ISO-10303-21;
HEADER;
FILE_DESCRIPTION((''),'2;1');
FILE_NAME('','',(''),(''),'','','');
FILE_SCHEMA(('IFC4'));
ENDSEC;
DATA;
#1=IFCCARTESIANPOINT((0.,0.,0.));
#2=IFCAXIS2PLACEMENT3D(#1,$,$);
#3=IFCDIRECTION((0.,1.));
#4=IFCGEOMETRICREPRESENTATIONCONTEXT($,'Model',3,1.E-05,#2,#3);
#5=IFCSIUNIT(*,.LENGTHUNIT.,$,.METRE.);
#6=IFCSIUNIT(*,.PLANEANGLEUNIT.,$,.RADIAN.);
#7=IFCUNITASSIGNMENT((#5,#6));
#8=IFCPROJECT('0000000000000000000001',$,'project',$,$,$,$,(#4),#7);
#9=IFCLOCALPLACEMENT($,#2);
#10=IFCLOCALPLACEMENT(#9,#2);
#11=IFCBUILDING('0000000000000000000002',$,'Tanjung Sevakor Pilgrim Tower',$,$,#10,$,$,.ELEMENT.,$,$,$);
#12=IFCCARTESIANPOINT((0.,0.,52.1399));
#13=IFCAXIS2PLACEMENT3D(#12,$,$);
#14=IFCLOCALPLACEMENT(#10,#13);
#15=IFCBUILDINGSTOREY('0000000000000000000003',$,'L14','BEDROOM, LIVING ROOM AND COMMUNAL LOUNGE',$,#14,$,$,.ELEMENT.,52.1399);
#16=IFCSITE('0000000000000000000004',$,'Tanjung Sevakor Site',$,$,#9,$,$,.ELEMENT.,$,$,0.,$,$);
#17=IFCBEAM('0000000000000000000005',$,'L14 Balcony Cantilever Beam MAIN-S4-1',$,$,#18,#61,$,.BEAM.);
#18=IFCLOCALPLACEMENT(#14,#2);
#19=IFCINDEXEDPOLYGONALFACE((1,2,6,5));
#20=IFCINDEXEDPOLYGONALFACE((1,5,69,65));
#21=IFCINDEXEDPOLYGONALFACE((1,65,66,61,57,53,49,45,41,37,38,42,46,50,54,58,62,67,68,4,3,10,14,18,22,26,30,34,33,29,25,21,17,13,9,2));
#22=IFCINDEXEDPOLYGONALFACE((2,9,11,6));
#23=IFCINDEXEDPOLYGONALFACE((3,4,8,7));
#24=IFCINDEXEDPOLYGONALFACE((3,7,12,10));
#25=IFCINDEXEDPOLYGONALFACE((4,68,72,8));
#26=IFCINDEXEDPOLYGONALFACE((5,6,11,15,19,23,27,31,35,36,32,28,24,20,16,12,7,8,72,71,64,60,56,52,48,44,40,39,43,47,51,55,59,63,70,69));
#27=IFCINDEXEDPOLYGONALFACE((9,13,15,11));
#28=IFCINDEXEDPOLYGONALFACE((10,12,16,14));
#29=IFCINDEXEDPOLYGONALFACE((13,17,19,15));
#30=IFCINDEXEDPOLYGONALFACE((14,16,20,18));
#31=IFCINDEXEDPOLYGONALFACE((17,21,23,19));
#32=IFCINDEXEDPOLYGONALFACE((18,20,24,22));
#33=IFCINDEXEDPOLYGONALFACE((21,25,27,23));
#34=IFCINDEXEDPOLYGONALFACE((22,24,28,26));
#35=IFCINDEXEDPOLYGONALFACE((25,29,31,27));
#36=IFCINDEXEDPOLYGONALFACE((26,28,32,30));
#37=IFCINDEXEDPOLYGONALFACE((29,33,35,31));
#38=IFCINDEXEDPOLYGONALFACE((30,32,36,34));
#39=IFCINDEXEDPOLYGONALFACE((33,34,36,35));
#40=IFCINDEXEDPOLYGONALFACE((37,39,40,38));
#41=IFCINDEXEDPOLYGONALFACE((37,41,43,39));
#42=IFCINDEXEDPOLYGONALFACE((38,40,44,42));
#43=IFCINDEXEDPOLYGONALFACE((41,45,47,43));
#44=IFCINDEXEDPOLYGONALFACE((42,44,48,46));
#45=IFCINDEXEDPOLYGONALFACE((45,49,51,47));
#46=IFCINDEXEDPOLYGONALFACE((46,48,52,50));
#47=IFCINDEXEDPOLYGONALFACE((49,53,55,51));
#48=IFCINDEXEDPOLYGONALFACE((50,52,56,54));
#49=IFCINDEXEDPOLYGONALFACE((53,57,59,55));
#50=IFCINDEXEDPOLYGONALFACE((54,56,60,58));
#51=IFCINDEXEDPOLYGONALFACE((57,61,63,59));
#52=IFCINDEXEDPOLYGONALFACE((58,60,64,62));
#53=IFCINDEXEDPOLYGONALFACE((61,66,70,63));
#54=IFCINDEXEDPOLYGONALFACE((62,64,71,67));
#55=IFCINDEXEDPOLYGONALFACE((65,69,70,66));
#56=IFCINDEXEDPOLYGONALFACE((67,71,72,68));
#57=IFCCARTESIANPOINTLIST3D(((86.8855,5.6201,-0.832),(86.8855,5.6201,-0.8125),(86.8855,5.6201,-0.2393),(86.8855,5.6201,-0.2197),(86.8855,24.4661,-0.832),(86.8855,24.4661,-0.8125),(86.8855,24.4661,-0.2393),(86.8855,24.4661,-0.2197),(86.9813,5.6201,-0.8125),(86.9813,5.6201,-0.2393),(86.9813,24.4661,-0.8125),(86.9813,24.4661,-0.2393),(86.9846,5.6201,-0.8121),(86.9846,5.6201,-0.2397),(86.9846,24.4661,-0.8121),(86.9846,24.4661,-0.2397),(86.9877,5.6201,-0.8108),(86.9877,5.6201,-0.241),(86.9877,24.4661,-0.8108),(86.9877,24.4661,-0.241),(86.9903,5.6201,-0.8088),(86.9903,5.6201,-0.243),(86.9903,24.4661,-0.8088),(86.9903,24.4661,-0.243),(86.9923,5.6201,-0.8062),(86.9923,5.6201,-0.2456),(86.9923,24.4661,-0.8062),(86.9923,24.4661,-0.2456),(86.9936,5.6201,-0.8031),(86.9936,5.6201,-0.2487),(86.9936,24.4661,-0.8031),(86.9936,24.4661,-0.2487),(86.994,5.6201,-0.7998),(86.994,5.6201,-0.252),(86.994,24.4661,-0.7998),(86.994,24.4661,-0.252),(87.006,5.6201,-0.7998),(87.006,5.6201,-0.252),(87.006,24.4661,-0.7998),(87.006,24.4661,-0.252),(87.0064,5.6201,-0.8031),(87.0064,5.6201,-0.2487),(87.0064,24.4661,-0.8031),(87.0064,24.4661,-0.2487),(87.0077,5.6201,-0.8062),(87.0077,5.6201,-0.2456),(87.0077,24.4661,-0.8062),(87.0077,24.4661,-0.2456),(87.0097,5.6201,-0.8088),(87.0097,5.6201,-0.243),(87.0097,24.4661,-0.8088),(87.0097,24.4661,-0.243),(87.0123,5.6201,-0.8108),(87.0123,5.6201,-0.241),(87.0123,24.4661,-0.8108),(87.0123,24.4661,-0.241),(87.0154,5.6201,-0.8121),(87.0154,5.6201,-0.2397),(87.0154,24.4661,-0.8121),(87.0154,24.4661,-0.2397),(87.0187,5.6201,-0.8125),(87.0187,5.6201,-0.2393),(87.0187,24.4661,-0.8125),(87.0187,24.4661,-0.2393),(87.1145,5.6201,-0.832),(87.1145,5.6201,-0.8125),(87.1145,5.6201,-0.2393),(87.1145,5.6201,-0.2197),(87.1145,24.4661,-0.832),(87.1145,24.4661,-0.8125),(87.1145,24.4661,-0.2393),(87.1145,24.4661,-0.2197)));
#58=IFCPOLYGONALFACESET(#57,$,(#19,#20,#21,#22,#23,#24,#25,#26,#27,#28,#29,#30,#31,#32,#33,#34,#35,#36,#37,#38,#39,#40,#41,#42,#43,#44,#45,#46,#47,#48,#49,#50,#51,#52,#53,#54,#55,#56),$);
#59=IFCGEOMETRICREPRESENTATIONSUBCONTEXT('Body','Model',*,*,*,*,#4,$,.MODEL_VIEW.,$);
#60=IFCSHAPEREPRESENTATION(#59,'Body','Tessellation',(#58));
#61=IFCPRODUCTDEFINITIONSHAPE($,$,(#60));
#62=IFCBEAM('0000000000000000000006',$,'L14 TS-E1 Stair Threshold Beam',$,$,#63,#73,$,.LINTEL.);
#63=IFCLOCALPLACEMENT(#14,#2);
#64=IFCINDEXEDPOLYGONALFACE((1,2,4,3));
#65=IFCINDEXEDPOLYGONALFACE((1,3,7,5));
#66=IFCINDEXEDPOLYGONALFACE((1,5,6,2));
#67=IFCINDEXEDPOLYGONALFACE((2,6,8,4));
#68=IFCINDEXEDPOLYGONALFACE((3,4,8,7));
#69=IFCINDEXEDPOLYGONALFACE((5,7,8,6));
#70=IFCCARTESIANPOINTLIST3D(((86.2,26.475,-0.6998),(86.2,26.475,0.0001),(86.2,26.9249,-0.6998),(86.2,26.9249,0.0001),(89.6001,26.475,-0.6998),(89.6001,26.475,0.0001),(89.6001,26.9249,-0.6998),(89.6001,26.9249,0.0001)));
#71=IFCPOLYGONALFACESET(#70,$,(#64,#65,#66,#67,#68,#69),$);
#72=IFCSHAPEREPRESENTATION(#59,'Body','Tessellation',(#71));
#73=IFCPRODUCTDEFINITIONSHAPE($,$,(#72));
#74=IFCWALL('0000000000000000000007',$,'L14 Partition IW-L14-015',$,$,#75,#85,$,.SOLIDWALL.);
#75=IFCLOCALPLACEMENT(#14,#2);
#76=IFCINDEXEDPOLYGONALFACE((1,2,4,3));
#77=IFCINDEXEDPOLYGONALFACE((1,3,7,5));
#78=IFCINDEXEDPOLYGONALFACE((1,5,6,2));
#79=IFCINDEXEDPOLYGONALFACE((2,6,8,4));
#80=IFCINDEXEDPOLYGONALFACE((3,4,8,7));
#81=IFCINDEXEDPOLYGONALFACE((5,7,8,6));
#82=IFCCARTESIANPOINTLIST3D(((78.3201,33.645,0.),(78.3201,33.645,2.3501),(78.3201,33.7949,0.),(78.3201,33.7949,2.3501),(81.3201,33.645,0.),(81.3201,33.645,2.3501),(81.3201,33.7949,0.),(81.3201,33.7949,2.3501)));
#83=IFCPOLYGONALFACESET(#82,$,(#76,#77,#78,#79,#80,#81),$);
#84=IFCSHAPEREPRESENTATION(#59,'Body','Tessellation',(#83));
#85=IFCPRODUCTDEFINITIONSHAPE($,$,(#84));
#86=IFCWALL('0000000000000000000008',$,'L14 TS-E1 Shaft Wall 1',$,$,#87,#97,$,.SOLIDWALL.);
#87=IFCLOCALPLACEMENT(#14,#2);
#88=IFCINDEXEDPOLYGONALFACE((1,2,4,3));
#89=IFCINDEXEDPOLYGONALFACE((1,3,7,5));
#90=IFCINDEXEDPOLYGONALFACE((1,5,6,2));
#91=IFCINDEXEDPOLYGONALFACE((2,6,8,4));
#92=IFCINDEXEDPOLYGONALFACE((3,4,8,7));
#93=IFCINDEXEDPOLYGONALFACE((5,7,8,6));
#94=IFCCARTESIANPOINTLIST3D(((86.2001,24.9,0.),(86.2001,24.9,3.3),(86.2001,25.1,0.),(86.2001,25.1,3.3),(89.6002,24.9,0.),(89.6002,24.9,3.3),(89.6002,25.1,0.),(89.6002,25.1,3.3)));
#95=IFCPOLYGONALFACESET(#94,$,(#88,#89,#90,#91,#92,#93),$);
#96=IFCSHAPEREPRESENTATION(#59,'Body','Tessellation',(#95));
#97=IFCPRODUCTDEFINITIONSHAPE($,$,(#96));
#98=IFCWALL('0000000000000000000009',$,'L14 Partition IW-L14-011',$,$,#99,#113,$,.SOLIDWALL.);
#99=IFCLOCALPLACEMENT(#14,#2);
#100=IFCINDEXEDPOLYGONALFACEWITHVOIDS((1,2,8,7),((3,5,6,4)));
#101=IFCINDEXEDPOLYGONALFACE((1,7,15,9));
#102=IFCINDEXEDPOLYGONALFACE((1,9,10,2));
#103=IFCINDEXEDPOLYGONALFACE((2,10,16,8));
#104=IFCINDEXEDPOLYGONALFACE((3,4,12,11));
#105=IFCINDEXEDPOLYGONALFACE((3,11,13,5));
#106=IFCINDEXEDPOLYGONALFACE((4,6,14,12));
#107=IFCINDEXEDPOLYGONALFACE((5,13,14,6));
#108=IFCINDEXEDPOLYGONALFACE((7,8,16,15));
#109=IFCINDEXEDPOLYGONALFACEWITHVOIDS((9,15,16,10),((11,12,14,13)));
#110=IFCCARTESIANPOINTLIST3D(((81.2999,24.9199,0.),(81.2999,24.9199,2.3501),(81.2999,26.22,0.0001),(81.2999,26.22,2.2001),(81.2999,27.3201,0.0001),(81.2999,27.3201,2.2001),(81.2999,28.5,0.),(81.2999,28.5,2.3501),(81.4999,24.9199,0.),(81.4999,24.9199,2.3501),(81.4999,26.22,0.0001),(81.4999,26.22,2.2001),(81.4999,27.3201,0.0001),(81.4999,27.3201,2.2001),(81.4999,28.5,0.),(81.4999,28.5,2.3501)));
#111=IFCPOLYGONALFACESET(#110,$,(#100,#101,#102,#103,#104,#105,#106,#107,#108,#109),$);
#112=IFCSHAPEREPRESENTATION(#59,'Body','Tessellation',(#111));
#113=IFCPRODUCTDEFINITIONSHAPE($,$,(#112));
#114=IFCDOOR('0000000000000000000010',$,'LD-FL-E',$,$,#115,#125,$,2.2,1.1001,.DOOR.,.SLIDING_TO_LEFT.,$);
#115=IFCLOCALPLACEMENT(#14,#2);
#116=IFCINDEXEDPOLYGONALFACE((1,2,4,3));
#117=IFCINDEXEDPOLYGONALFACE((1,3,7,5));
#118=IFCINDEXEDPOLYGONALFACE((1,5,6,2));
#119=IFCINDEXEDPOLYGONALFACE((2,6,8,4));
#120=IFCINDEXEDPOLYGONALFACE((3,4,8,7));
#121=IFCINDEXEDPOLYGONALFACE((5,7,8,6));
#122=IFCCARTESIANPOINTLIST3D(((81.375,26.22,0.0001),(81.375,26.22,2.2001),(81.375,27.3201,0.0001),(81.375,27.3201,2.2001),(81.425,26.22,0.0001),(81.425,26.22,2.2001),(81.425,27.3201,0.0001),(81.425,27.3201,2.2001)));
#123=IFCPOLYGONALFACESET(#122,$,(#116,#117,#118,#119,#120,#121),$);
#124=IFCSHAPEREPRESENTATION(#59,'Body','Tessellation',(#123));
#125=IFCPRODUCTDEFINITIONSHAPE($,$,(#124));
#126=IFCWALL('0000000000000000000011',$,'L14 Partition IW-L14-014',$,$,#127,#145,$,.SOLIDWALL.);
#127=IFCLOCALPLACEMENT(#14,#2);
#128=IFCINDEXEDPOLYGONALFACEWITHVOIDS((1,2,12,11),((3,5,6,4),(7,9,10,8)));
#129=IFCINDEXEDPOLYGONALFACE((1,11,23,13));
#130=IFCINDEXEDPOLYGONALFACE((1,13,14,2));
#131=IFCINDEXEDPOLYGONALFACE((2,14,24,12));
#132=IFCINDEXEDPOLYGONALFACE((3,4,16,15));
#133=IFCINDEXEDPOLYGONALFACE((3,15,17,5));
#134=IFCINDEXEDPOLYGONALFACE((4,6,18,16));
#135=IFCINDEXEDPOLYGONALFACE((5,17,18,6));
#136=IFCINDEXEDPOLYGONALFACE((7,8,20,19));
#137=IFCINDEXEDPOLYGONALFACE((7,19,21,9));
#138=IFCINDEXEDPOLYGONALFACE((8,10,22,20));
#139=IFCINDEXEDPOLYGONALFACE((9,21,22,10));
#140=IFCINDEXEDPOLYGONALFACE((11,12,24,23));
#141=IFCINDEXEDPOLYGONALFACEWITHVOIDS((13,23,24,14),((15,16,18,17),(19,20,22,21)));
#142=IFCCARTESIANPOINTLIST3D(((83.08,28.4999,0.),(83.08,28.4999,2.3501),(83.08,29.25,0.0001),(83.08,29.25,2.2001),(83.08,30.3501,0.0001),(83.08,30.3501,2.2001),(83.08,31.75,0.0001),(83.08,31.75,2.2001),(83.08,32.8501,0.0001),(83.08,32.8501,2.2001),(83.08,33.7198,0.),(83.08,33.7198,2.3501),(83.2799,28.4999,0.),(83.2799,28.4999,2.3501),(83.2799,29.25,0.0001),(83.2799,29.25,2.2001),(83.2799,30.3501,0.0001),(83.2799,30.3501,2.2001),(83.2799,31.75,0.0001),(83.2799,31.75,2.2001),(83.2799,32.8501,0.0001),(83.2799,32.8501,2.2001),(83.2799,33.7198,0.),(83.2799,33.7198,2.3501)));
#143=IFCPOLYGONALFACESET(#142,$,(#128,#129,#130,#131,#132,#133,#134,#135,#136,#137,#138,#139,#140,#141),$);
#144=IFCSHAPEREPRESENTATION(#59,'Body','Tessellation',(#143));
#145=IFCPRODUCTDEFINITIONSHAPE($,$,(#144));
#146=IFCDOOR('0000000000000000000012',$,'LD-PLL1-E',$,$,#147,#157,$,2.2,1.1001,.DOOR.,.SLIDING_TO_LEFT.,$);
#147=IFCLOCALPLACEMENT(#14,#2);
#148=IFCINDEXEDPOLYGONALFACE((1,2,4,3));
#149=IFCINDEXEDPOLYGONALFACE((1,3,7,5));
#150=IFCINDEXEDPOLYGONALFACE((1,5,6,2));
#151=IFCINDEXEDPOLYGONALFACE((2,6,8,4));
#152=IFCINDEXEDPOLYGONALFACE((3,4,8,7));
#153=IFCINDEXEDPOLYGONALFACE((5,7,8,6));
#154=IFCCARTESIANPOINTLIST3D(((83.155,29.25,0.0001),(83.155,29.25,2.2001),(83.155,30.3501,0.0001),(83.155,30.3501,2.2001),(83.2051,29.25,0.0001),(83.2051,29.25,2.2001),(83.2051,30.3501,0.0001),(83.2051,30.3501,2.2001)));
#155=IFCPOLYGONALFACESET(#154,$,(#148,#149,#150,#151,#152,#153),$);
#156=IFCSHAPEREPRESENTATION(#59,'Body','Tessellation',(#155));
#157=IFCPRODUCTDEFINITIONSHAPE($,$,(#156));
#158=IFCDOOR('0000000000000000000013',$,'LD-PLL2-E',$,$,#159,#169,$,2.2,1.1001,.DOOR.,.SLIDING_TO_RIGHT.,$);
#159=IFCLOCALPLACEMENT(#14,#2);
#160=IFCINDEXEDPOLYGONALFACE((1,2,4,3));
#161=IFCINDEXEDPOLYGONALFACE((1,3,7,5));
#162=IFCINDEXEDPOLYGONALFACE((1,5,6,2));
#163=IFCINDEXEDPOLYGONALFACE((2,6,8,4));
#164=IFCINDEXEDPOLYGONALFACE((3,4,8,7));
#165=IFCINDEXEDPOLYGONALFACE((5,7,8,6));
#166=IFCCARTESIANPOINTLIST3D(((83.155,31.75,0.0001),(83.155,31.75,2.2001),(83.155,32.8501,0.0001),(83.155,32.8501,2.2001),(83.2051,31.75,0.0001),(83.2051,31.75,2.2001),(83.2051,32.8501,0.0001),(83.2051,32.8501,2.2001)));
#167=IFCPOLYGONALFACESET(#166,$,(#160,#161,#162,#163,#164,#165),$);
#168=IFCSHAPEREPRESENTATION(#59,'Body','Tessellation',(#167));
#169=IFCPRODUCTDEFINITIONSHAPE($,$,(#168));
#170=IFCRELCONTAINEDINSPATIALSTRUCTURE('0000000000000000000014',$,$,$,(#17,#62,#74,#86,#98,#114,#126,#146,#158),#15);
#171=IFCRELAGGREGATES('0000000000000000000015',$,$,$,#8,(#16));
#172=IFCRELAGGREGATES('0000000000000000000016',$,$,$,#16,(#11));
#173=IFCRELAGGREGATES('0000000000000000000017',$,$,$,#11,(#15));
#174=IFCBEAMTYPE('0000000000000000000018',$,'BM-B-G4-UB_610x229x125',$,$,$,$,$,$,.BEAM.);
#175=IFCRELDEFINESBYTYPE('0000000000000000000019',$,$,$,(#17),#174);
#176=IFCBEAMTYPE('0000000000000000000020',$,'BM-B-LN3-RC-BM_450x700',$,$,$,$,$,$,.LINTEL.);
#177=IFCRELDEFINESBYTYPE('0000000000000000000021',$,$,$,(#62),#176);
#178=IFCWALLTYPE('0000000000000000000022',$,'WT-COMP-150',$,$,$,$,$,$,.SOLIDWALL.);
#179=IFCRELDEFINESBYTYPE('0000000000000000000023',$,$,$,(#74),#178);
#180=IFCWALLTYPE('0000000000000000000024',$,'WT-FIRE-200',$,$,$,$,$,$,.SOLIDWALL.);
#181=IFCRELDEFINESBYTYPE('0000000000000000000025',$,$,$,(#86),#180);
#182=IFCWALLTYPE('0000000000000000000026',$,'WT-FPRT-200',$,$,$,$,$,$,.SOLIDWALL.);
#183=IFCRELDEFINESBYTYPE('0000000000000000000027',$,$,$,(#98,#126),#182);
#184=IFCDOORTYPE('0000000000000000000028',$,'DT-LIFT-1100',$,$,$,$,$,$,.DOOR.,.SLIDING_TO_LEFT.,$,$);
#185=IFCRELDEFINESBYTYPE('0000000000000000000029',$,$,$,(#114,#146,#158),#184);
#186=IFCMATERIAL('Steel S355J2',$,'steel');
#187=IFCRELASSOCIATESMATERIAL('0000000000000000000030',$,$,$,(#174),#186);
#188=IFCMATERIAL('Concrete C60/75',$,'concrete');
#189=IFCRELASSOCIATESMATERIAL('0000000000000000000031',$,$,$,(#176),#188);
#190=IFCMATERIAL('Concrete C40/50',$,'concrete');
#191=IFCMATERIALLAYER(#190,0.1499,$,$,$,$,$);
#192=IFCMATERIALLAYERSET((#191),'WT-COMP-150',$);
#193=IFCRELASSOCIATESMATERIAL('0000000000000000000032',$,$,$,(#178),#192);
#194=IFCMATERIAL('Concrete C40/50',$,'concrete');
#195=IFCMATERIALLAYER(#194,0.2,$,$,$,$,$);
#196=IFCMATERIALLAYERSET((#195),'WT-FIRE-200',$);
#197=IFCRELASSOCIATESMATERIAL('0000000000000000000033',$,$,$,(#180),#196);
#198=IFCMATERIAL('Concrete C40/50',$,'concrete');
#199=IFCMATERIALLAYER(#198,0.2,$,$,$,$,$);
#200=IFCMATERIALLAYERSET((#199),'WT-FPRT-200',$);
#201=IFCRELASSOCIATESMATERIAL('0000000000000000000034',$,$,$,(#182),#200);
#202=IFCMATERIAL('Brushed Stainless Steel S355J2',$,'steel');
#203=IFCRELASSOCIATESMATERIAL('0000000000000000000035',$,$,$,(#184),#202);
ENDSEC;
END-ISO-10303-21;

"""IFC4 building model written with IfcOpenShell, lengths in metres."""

from ifc_helpers import new_model, si_unit, direction, frame, frame_2d, origin, origin_2d, place, context, subcontext, project, spatial, rectangle, i_section, extrude, material, layer, layer_set, material_profile, profile_set, type_object, element, fill, save


model = new_model("IFC4")

# Units and contexts
model_context = context("Model", 3, precision=1e-05, world=origin(), true_north=direction((0.0, 1.0)))
body_context = subcontext(model_context, "Body", "Model", "MODEL_VIEW")
ifc_project = project(units=[si_unit("LENGTHUNIT", "METRE"), si_unit("PLANEANGLEUNIT", "RADIAN")], contexts=[model_context])

# Site, building, storey
site_placement = place(None, origin())
site = spatial("IfcSite", under=ifc_project, at=site_placement, Name="Tanjung Sevakor Site", CompositionType="ELEMENT", RefElevation=0.0)
building_placement = place(site_placement, origin())
building = spatial("IfcBuilding", under=site, at=building_placement, Name="Tanjung Sevakor Pilgrim Tower", CompositionType="ELEMENT")
storey_placement = place(building_placement, frame((0.0, 0.0, 52.1399)))
storey = spatial("IfcBuildingStorey", under=building, at=storey_placement, Name="L14", Description="BEDROOM, LIVING ROOM AND COMMUNAL LOUNGE", CompositionType="ELEMENT", Elevation=52.1399)

# Beams
ifc_material_1 = material(Name="Steel S355J2", Category="steel")
ifc_material_profile_1 = material_profile(ifc_material_1, i_section(OverallWidth=0.229, OverallDepth=0.6123, WebThickness=0.012, FlangeThickness=0.0195, FilletRadius=0.0127, at=origin_2d()))
ifc_profile_set_1 = profile_set([ifc_material_profile_1], Name="Steel S355J2")
beam_type_1 = type_object("IfcBeamType", Name="BM-B-G4-UB_610x229x125", PredefinedType="BEAM", material=ifc_profile_set_1)
beam_1_placement = place(storey_placement, frame((87.0, 24.4661, -0.5259), z_axis=(0.0, -1.0, 0.0), x_axis=(1.0, 0.0, 0.0)))
element("IfcBeam", 1, at=beam_1_placement, inside=storey, type_object=beam_type_1, Name="L14 Balcony Cantilever Beam MAIN-S4-1", PredefinedType="BEAM", context=body_context, shape_type="SweptSolid", body=[
    extrude(i_section(OverallWidth=0.229, OverallDepth=0.6123, WebThickness=0.012, FlangeThickness=0.0195, FilletRadius=0.0127, at=origin_2d()), origin(), (0.0, 0.0, 1.0), 18.8459),
])
ifc_material_2 = material(Name="Concrete C60/75", Category="concrete")
ifc_material_profile_2 = material_profile(ifc_material_2, rectangle(XDim=0.45, YDim=0.7, at=origin_2d()))
ifc_profile_set_2 = profile_set([ifc_material_profile_2], Name="Concrete C60/75")
beam_type_2 = type_object("IfcBeamType", Name="BM-B-LN3-RC-BM_450x700", PredefinedType="LINTEL", material=ifc_profile_set_2)
beam_2_placement = place(storey_placement, frame((86.2, 26.7, -0.3499), z_axis=(1.0, 0.0, 0.0), x_axis=(0.0, 1.0, 0.0)))
element("IfcBeam", 2, at=beam_2_placement, inside=storey, type_object=beam_type_2, Name="L14 TS-E1 Stair Threshold Beam", PredefinedType="LINTEL", context=body_context, shape_type="SweptSolid", body=[
    extrude(rectangle(XDim=0.45, YDim=0.7, at=origin_2d()), origin(), (0.0, 0.0, 1.0), 3.4001),
])

# Wall
ifc_material_3 = material(Name="Concrete C40/50", Category="concrete")
ifc_layer_1 = layer(ifc_material_3, 0.1499)
ifc_layer_set_1 = layer_set([ifc_layer_1], Name="WT-COMP-150")
wall_type_1 = type_object("IfcWallType", Name="WT-COMP-150", PredefinedType="SOLIDWALL", material=ifc_layer_set_1)
wall_1_placement = place(storey_placement, frame((78.3201, 33.72, 0.0), z_axis=(0.0, 0.0, 1.0), x_axis=(1.0, 0.0, 0.0)))
element("IfcWall", 3, at=wall_1_placement, inside=storey, type_object=wall_type_1, Name="L14 Partition IW-L14-015", PredefinedType="SOLIDWALL", context=body_context, shape_type="SweptSolid", body=[
    extrude(rectangle(XDim=3.0, YDim=0.1499, at=frame_2d((1.5, 0.0))), origin(), (0.0, 0.0, 1.0), 2.3501),
])

# Wall
ifc_material_4 = material(Name="Concrete C40/50", Category="concrete")
ifc_layer_2 = layer(ifc_material_4, 0.2)
ifc_layer_set_2 = layer_set([ifc_layer_2], Name="WT-FIRE-200")
wall_type_2 = type_object("IfcWallType", Name="WT-FIRE-200", PredefinedType="SOLIDWALL", material=ifc_layer_set_2)
wall_2_placement = place(storey_placement, frame((86.2, 25.0, 0.0), z_axis=(0.0, 0.0, 1.0), x_axis=(1.0, 0.0, 0.0)))
element("IfcWall", 4, at=wall_2_placement, inside=storey, type_object=wall_type_2, Name="L14 TS-E1 Shaft Wall 1", PredefinedType="SOLIDWALL", context=body_context, shape_type="SweptSolid", body=[
    extrude(rectangle(XDim=3.4001, YDim=0.2, at=frame_2d((1.7002, 0.0))), origin(), (0.0, 0.0, 1.0), 3.3),
])

# Wall, opening, door
ifc_material_5 = material(Name="Concrete C40/50", Category="concrete")
ifc_layer_3 = layer(ifc_material_5, 0.2)
ifc_layer_set_3 = layer_set([ifc_layer_3], Name="WT-FPRT-200")
wall_type_3 = type_object("IfcWallType", Name="WT-FPRT-200", PredefinedType="SOLIDWALL", material=ifc_layer_set_3)
wall_3_placement = place(storey_placement, frame((81.3999, 24.9199, 0.0), z_axis=(0.0, 0.0, 1.0), x_axis=(0.0, 1.0, 0.0)))
wall_3 = element("IfcWall", 5, at=wall_3_placement, inside=storey, type_object=wall_type_3, Name="L14 Partition IW-L14-011", PredefinedType="SOLIDWALL", context=body_context, shape_type="SweptSolid", body=[
    extrude(rectangle(XDim=3.5801, YDim=0.2, at=frame_2d((1.79, 0.0))), origin(), (0.0, 0.0, 1.0), 2.3501),
])
opening_1_placement = place(wall_3_placement, frame((1.3, 0.0, 0.0)))
opening_1 = element("IfcOpeningElement", 6, at=opening_1_placement, cuts=wall_3, PredefinedType="OPENING", context=body_context, shape_type="SweptSolid", body=[
    extrude(rectangle(XDim=1.1001, YDim=2.2, at=frame_2d((0.55, 1.1001))), frame((0.0, 0.1099, 0.0), z_axis=(0.0, -1.0, 0.0), x_axis=(1.0, 0.0, 0.0)), (0.0, 0.0, 1.0), 0.22),
])
ifc_material_6 = material(Name="Brushed Stainless Steel S355J2", Category="steel")
door_type_1 = type_object("IfcDoorType", Name="DT-LIFT-1100", OperationType="SLIDING_TO_LEFT", PredefinedType="DOOR", material=ifc_material_6)
door_1_placement = place(opening_1_placement, origin())
door_1 = element("IfcDoor", 7, at=door_1_placement, inside=storey, type_object=door_type_1, Name="LD-FL-E", OperationType="SLIDING_TO_LEFT", OverallHeight=2.2, OverallWidth=1.1001, PredefinedType="DOOR", context=body_context, shape_type="SweptSolid", body=[
    extrude(rectangle(XDim=1.1001, YDim=2.2, at=frame_2d((0.55, 1.1001))), frame((0.0, 0.0249, 0.0), z_axis=(0.0, -1.0, 0.0), x_axis=(1.0, 0.0, 0.0)), (0.0, 0.0, 1.0), 0.05),
])
fill(opening_1, door_1)

# Wall, openings, doors
wall_4_placement = place(storey_placement, frame((83.1799, 28.5, 0.0), z_axis=(0.0, 0.0, 1.0), x_axis=(0.0, 1.0, 0.0)))
wall_4 = element("IfcWall", 8, at=wall_4_placement, inside=storey, type_object=wall_type_3, Name="L14 Partition IW-L14-014", PredefinedType="SOLIDWALL", context=body_context, shape_type="SweptSolid", body=[
    extrude(rectangle(XDim=5.22, YDim=0.2, at=frame_2d((2.6099, 0.0))), origin(), (0.0, 0.0, 1.0), 2.3501),
])
opening_2_placement = place(wall_4_placement, frame((0.75, 0.0, 0.0)))
opening_2 = element("IfcOpeningElement", 9, at=opening_2_placement, cuts=wall_4, PredefinedType="OPENING", context=body_context, shape_type="SweptSolid", body=[
    extrude(rectangle(XDim=1.1001, YDim=2.2, at=frame_2d((0.55, 1.1001))), frame((0.0, 0.1099, 0.0), z_axis=(0.0, -1.0, 0.0), x_axis=(1.0, 0.0, 0.0)), (0.0, 0.0, 1.0), 0.22),
])
opening_3_placement = place(wall_4_placement, frame((3.25, 0.0, 0.0)))
opening_3 = element("IfcOpeningElement", 10, at=opening_3_placement, cuts=wall_4, PredefinedType="OPENING", context=body_context, shape_type="SweptSolid", body=[
    extrude(rectangle(XDim=1.1001, YDim=2.2, at=frame_2d((0.55, 1.1001))), frame((0.0, 0.1099, 0.0), z_axis=(0.0, -1.0, 0.0), x_axis=(1.0, 0.0, 0.0)), (0.0, 0.0, 1.0), 0.22),
])
door_2_placement = place(opening_2_placement, origin())
door_2 = element("IfcDoor", 11, at=door_2_placement, inside=storey, type_object=door_type_1, Name="LD-PLL1-E", OperationType="SLIDING_TO_LEFT", OverallHeight=2.2, OverallWidth=1.1001, PredefinedType="DOOR", context=body_context, shape_type="SweptSolid", body=[
    extrude(rectangle(XDim=1.1001, YDim=2.2, at=frame_2d((0.55, 1.1001))), frame((0.0, 0.0249, 0.0), z_axis=(0.0, -1.0, 0.0), x_axis=(1.0, 0.0, 0.0)), (0.0, 0.0, 1.0), 0.05),
])
fill(opening_2, door_2)
door_3_placement = place(opening_3_placement, origin())
door_3 = element("IfcDoor", 12, at=door_3_placement, inside=storey, type_object=door_type_1, Name="LD-PLL2-E", OperationType="SLIDING_TO_RIGHT", OverallHeight=2.2, OverallWidth=1.1001, PredefinedType="DOOR", context=body_context, shape_type="SweptSolid", body=[
    extrude(rectangle(XDim=1.1001, YDim=2.2, at=frame_2d((0.55, 1.1001))), frame((0.0, 0.0249, 0.0), z_axis=(0.0, -1.0, 0.0), x_axis=(1.0, 0.0, 0.0)), (0.0, 0.0, 1.0), 0.05),
])
fill(opening_3, door_3)

save(model, "model.ifc")
